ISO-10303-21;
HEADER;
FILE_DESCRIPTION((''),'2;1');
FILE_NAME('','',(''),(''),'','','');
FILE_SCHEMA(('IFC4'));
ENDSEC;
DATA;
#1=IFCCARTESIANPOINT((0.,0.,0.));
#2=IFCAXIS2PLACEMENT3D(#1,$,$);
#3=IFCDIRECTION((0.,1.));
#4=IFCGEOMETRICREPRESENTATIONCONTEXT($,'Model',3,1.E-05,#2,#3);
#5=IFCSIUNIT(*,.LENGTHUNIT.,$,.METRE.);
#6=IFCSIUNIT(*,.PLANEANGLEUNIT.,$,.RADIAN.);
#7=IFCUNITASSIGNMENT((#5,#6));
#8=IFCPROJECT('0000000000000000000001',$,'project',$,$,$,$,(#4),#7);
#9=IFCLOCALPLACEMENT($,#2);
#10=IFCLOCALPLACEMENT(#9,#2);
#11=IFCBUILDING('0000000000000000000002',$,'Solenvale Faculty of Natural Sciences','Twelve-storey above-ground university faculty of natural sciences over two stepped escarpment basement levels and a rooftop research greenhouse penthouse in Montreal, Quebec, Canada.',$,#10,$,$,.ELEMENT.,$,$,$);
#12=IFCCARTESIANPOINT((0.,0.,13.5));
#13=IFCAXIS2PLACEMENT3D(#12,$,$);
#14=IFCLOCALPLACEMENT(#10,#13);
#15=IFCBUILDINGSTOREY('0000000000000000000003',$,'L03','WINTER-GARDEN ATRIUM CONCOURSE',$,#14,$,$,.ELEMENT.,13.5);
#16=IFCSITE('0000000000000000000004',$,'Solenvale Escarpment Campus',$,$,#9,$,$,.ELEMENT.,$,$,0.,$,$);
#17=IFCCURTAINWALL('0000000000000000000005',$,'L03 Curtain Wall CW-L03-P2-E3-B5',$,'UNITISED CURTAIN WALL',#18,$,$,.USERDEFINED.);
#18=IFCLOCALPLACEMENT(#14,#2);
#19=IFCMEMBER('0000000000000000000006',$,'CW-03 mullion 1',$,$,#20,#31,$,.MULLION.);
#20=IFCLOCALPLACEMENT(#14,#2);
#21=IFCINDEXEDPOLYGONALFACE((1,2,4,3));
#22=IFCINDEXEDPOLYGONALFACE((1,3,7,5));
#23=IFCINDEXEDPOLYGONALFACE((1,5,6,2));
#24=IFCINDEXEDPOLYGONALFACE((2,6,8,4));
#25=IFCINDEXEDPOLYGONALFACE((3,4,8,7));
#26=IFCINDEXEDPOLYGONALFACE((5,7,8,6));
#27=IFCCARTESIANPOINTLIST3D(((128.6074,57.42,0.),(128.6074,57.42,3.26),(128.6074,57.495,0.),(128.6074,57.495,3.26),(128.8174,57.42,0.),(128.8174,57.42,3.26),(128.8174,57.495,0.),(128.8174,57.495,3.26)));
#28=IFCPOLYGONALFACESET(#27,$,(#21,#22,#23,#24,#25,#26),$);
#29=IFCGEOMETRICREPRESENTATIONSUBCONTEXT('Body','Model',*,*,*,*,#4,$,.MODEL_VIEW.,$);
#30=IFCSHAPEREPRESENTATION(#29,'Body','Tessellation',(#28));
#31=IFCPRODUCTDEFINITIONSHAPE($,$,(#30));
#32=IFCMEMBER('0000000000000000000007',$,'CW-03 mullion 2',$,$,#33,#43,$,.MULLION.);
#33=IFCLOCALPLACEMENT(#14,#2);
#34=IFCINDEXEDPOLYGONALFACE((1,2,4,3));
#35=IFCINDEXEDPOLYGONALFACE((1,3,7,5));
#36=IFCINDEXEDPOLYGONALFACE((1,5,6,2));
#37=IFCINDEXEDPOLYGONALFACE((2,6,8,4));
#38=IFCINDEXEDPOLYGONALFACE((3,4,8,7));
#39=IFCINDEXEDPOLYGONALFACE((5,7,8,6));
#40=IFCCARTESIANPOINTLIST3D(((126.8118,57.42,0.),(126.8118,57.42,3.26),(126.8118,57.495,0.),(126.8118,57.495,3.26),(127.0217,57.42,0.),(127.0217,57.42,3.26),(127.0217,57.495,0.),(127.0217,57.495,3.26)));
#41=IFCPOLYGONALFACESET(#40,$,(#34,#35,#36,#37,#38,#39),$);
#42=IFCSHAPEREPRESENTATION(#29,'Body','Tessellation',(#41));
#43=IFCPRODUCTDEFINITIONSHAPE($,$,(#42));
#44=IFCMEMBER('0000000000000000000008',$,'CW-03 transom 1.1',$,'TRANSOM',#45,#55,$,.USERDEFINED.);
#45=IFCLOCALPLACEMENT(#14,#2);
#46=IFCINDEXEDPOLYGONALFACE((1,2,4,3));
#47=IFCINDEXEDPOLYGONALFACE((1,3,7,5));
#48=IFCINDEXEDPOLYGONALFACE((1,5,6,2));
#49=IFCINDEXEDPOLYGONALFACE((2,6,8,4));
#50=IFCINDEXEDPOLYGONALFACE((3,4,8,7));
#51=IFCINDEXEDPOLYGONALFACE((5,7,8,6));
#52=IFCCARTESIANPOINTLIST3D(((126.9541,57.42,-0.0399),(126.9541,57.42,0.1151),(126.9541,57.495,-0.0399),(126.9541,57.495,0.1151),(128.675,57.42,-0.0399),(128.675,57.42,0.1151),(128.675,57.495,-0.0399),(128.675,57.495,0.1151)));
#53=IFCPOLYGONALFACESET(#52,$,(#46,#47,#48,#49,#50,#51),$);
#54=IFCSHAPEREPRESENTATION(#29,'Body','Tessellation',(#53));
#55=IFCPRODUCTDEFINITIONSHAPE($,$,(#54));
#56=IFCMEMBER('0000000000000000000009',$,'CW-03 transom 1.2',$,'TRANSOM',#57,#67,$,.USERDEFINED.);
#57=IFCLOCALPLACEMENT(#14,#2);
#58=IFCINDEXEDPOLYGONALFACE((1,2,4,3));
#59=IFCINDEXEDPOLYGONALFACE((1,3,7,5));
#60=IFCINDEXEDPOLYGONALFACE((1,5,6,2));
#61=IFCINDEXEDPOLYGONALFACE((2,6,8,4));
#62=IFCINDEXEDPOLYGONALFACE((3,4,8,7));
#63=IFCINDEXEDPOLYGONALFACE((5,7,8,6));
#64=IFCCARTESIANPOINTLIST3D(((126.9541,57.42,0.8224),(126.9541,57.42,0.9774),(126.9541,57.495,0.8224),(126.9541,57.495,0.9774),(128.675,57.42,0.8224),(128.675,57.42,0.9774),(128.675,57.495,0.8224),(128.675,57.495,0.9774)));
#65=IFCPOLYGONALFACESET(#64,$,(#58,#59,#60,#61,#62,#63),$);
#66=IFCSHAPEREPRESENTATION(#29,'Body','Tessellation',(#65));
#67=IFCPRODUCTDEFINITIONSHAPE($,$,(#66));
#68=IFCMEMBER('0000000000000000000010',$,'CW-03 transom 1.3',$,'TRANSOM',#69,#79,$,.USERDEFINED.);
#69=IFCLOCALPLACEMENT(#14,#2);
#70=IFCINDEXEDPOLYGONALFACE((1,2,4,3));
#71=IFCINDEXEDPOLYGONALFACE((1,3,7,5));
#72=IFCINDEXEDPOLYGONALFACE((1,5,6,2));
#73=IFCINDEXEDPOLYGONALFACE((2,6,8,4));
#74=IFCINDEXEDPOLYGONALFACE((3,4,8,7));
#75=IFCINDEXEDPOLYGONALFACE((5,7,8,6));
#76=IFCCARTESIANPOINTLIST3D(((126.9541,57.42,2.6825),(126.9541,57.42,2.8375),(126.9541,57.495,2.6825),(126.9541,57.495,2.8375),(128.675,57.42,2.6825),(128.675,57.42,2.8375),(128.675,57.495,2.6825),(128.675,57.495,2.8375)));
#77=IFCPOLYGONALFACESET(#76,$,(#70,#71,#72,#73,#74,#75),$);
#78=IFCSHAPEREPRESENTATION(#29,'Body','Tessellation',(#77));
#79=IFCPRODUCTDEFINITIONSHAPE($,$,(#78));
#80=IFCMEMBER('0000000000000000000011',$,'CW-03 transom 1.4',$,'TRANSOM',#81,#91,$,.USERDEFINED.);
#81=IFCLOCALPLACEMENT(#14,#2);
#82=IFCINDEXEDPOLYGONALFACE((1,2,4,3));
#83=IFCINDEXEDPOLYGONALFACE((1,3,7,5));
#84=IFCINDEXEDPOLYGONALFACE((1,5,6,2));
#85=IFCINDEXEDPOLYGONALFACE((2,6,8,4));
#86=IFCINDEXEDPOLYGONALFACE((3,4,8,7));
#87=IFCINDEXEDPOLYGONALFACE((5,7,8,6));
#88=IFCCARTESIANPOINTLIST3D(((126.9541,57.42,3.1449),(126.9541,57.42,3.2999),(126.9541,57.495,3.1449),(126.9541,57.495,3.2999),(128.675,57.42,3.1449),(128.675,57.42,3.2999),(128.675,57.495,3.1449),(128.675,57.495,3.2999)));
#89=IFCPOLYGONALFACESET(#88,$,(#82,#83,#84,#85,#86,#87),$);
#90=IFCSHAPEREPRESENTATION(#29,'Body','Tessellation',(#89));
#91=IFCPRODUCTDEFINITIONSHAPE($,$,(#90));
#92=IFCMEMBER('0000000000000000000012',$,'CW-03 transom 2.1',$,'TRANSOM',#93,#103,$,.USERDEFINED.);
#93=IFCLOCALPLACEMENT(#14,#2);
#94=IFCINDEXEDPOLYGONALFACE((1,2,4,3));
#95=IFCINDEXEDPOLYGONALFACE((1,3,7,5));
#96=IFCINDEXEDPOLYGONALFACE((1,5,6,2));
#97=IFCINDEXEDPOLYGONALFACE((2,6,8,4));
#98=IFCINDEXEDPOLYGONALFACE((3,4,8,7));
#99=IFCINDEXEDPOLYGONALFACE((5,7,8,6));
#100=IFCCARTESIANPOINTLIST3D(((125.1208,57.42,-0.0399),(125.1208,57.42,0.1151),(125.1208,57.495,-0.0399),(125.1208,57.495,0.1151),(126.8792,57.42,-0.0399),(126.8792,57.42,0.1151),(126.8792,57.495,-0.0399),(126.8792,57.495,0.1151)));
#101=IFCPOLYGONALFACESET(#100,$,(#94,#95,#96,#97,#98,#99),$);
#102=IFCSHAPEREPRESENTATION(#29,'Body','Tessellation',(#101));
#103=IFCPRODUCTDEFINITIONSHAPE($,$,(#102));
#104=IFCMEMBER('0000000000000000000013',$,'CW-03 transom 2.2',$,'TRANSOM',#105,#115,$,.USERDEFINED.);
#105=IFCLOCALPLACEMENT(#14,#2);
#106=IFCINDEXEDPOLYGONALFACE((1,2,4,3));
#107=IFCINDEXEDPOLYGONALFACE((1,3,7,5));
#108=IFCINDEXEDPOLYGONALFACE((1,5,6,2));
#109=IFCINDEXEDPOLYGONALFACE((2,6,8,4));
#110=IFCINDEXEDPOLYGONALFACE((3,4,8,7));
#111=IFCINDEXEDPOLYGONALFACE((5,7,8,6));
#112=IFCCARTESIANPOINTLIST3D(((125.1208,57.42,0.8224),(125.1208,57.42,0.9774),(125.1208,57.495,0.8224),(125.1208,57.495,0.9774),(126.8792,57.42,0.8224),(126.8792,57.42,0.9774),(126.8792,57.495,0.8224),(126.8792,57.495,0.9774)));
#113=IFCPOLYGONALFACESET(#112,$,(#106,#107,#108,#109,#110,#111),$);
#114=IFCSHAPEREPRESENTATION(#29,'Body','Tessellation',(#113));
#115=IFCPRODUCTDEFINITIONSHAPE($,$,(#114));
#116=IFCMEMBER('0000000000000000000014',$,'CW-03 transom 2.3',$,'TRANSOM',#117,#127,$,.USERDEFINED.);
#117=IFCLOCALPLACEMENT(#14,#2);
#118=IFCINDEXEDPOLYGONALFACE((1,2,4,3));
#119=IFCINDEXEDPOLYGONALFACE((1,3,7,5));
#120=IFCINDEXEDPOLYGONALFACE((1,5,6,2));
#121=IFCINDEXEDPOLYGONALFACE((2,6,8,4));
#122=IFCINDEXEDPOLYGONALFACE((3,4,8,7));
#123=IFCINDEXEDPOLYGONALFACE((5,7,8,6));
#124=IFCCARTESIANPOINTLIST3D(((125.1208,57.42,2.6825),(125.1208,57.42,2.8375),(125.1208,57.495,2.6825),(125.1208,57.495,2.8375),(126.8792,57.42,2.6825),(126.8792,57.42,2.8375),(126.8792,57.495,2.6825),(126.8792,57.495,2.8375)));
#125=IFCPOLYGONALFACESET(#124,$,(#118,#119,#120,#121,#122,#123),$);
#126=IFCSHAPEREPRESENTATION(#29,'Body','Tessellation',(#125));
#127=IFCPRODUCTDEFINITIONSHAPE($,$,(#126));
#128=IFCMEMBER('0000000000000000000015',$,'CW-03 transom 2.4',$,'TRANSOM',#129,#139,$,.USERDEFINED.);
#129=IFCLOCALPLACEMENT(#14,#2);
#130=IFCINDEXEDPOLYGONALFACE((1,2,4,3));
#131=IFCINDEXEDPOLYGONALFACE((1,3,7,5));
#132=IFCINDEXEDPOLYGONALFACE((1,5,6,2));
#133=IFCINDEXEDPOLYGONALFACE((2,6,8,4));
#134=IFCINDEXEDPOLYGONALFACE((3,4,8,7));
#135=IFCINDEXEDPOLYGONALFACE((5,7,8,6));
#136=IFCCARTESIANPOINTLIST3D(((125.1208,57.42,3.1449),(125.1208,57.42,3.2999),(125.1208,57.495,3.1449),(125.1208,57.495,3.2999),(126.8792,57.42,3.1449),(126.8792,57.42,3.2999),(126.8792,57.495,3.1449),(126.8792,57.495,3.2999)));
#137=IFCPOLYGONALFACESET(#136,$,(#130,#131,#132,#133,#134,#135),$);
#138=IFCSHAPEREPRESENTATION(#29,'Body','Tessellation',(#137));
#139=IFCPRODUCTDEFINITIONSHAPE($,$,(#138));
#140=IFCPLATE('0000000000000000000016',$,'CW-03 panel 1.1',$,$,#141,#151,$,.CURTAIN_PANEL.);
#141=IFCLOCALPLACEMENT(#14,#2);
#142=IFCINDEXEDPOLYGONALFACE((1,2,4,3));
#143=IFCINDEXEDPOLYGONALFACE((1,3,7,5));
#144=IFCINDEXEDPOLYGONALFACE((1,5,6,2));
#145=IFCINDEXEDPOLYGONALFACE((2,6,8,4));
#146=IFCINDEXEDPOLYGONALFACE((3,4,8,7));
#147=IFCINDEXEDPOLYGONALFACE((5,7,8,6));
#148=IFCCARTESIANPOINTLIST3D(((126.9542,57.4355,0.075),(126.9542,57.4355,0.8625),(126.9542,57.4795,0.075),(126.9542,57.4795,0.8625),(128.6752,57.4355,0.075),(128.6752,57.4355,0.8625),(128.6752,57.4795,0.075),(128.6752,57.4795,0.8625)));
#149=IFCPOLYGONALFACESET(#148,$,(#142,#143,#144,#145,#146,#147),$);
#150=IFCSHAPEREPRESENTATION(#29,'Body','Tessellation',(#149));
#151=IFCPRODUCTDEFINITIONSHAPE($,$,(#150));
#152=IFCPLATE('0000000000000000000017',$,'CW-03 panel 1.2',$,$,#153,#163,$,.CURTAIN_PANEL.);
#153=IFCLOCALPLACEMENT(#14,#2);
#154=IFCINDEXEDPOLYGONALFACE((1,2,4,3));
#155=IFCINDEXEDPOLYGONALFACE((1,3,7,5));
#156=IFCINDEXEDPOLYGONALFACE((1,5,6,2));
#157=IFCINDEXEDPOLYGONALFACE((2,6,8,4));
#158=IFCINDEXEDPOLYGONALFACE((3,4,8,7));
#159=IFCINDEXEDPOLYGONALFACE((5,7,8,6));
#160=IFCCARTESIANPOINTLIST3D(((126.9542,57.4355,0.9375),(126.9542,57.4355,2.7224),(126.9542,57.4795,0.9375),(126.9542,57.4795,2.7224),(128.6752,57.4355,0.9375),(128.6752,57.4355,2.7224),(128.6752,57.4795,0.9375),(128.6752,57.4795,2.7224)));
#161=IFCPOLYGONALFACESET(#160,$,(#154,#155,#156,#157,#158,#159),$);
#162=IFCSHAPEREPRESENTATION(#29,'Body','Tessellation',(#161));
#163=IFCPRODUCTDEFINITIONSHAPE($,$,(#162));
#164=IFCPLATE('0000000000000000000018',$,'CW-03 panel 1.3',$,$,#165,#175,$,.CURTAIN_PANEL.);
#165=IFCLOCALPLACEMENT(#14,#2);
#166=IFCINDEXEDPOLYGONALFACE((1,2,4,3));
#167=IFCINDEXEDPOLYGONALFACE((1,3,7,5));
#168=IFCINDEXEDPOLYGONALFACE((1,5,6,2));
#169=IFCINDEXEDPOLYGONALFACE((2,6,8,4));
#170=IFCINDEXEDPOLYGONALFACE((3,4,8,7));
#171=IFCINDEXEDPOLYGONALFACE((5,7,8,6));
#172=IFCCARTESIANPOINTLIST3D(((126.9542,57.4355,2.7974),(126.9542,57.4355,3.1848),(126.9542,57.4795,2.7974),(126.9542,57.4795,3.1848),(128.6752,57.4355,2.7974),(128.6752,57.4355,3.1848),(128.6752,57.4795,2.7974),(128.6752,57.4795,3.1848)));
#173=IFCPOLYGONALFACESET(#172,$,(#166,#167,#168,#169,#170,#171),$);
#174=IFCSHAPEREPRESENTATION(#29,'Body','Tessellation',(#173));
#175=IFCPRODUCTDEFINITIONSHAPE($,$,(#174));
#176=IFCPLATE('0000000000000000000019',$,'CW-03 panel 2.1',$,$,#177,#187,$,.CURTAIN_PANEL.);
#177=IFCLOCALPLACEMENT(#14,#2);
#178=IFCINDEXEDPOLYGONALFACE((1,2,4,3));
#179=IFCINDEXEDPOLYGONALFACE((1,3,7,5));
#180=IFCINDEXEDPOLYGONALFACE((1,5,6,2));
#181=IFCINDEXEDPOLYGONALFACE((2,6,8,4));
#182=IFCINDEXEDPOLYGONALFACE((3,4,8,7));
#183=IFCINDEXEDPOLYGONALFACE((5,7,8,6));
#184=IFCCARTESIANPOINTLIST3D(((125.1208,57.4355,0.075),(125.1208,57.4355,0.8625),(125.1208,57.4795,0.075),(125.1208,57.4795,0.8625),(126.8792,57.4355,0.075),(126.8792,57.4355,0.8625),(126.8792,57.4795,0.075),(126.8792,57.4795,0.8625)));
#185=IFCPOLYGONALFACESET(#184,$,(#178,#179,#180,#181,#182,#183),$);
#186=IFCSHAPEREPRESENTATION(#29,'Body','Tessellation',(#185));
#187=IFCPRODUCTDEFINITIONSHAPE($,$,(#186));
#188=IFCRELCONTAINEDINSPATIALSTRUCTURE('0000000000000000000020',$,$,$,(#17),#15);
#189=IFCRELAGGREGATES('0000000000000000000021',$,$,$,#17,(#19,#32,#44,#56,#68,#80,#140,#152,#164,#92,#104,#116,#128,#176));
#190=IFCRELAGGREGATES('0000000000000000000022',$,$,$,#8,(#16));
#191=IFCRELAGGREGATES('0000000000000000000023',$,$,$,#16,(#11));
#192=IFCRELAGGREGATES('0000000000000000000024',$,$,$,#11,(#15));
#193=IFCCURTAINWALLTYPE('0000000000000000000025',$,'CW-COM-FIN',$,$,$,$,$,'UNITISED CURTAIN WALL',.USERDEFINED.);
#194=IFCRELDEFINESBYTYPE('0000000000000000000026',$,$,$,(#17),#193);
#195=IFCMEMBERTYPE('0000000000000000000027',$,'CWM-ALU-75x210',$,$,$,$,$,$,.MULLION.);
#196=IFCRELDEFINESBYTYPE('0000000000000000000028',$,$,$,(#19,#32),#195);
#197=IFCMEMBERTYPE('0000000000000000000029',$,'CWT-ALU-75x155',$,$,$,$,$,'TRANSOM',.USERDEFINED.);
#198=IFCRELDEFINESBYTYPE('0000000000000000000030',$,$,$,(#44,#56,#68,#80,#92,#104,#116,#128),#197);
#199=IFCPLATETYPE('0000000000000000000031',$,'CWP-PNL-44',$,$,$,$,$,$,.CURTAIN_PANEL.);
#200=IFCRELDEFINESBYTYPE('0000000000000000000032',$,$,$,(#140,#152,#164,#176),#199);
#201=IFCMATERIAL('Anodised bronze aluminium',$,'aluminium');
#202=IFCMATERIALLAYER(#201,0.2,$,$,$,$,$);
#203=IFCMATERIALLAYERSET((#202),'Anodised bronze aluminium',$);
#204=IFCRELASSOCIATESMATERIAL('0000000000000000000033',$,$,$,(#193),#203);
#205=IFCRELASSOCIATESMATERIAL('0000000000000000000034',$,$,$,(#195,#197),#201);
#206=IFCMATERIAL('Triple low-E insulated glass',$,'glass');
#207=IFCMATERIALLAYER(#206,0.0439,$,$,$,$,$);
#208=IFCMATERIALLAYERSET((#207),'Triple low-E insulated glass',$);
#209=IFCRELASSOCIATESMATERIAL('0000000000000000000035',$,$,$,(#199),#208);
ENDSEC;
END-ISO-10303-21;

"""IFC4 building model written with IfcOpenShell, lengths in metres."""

from ifc_helpers import new_model, si_unit, direction, frame, origin, origin_2d, place, context, subcontext, project, spatial, rectangle, extrude, material, layer, layer_set, material_profile, profile_set, type_object, element, aggregate, save


model = new_model("IFC4")

# Units and contexts
model_context = context("Model", 3, precision=1e-05, world=origin(), true_north=direction((0.0, 1.0)))
body_context = subcontext(model_context, "Body", "Model", "MODEL_VIEW")
ifc_project = project(units=[si_unit("LENGTHUNIT", "METRE"), si_unit("PLANEANGLEUNIT", "RADIAN")], contexts=[model_context])

# Site, building, storey
site_placement = place(None, origin())
site = spatial("IfcSite", under=ifc_project, at=site_placement, Name="Solenvale Escarpment Campus", CompositionType="ELEMENT", RefElevation=0.0)
building_placement = place(site_placement, origin())
building = spatial("IfcBuilding", under=site, at=building_placement, Name="Solenvale Faculty of Natural Sciences", Description="Twelve-storey above-ground university faculty of natural sciences over two stepped escarpment basement levels and a rooftop research greenhouse penthouse in Montreal, Quebec, Canada.", CompositionType="ELEMENT")
storey_placement = place(building_placement, frame((0.0, 0.0, 13.5)))
storey = spatial("IfcBuildingStorey", under=building, at=storey_placement, Name="L03", Description="WINTER-GARDEN ATRIUM CONCOURSE", CompositionType="ELEMENT", Elevation=13.5)

# Curtain wall, members, plates
ifc_material_1 = material(Name="Anodised bronze aluminium", Category="aluminium")
ifc_layer_1 = layer(ifc_material_1, 0.2)
ifc_layer_set_1 = layer_set([ifc_layer_1], Name="Anodised bronze aluminium")
curtain_wall_type = type_object("IfcCurtainWallType", Name="CW-COM-FIN", ElementType="UNITISED CURTAIN WALL", PredefinedType="USERDEFINED", material=ifc_layer_set_1)
curtain_wall_placement = place(storey_placement, origin())
curtain_wall = element("IfcCurtainWall", 1, at=curtain_wall_placement, inside=storey, type_object=curtain_wall_type, Name="L03 Curtain Wall CW-L03-P2-E3-B5", ObjectType="UNITISED CURTAIN WALL", PredefinedType="USERDEFINED")
ifc_material_profile_1 = material_profile(ifc_material_1, rectangle(XDim=0.075, YDim=0.21, at=origin_2d()), Name="ALU-MUL-75x210")
ifc_profile_set_1 = profile_set([ifc_material_profile_1], Name="Anodised bronze aluminium")
member_type_1 = type_object("IfcMemberType", Name="CWM-ALU-75x210", PredefinedType="MULLION", material=ifc_profile_set_1)
member_1_placement = place(storey_placement, frame((128.7124, 57.4575, 0.0), z_axis=(0.0, 0.0, 1.0), x_axis=(0.0, -1.0, 0.0)))
member_1 = element("IfcMember", 2, at=member_1_placement, type_object=member_type_1, Name="CW-03 mullion 1", PredefinedType="MULLION", context=body_context, shape_type="SweptSolid", body=[
    extrude(rectangle(XDim=0.075, YDim=0.21, at=origin_2d()), origin(), (0.0, 0.0, 1.0), 3.26),
])
member_2_placement = place(storey_placement, frame((126.9167, 57.4575, 0.0), z_axis=(0.0, 0.0, 1.0), x_axis=(0.0, -1.0, 0.0)))
member_2 = element("IfcMember", 3, at=member_2_placement, type_object=member_type_1, Name="CW-03 mullion 2", PredefinedType="MULLION", context=body_context, shape_type="SweptSolid", body=[
    extrude(rectangle(XDim=0.075, YDim=0.21, at=origin_2d()), origin(), (0.0, 0.0, 1.0), 3.26),
])
ifc_material_profile_2 = material_profile(ifc_material_1, rectangle(XDim=0.075, YDim=0.155, at=origin_2d()), Name="ALU-TRN-75x155")
ifc_profile_set_2 = profile_set([ifc_material_profile_2], Name="Anodised bronze aluminium")
member_type_2 = type_object("IfcMemberType", Name="CWT-ALU-75x155", ElementType="TRANSOM", PredefinedType="USERDEFINED", material=ifc_profile_set_2)
member_3_placement = place(storey_placement, frame((128.675, 57.4575, 0.0376), z_axis=(-1.0, 0.0, 0.0), x_axis=(0.0, -1.0, 0.0)))
member_3 = element("IfcMember", 4, at=member_3_placement, type_object=member_type_2, Name="CW-03 transom 1.1", ObjectType="TRANSOM", PredefinedType="USERDEFINED", context=body_context, shape_type="SweptSolid", body=[
    extrude(rectangle(XDim=0.075, YDim=0.155, at=origin_2d()), origin(), (0.0, 0.0, 1.0), 1.7209),
])
member_4_placement = place(storey_placement, frame((128.675, 57.4575, 0.8999), z_axis=(-1.0, 0.0, 0.0), x_axis=(0.0, -1.0, 0.0)))
member_4 = element("IfcMember", 5, at=member_4_placement, type_object=member_type_2, Name="CW-03 transom 1.2", ObjectType="TRANSOM", PredefinedType="USERDEFINED", context=body_context, shape_type="SweptSolid", body=[
    extrude(rectangle(XDim=0.075, YDim=0.155, at=origin_2d()), origin(), (0.0, 0.0, 1.0), 1.7209),
])
member_5_placement = place(storey_placement, frame((128.675, 57.4575, 2.76), z_axis=(-1.0, 0.0, 0.0), x_axis=(0.0, -1.0, 0.0)))
member_5 = element("IfcMember", 6, at=member_5_placement, type_object=member_type_2, Name="CW-03 transom 1.3", ObjectType="TRANSOM", PredefinedType="USERDEFINED", context=body_context, shape_type="SweptSolid", body=[
    extrude(rectangle(XDim=0.075, YDim=0.155, at=origin_2d()), origin(), (0.0, 0.0, 1.0), 1.7209),
])
member_6_placement = place(storey_placement, frame((128.675, 57.4575, 3.2224), z_axis=(-1.0, 0.0, 0.0), x_axis=(0.0, -1.0, 0.0)))
member_6 = element("IfcMember", 7, at=member_6_placement, type_object=member_type_2, Name="CW-03 transom 1.4", ObjectType="TRANSOM", PredefinedType="USERDEFINED", context=body_context, shape_type="SweptSolid", body=[
    extrude(rectangle(XDim=0.075, YDim=0.155, at=origin_2d()), origin(), (0.0, 0.0, 1.0), 1.7209),
])
member_7_placement = place(storey_placement, frame((126.8792, 57.4575, 0.0376), z_axis=(-1.0, 0.0, 0.0), x_axis=(0.0, -1.0, 0.0)))
member_7 = element("IfcMember", 8, at=member_7_placement, type_object=member_type_2, Name="CW-03 transom 2.1", ObjectType="TRANSOM", PredefinedType="USERDEFINED", context=body_context, shape_type="SweptSolid", body=[
    extrude(rectangle(XDim=0.075, YDim=0.155, at=origin_2d()), origin(), (0.0, 0.0, 1.0), 1.7583),
])
member_8_placement = place(storey_placement, frame((126.8792, 57.4575, 0.8999), z_axis=(-1.0, 0.0, 0.0), x_axis=(0.0, -1.0, 0.0)))
member_8 = element("IfcMember", 9, at=member_8_placement, type_object=member_type_2, Name="CW-03 transom 2.2", ObjectType="TRANSOM", PredefinedType="USERDEFINED", context=body_context, shape_type="SweptSolid", body=[
    extrude(rectangle(XDim=0.075, YDim=0.155, at=origin_2d()), origin(), (0.0, 0.0, 1.0), 1.7583),
])
member_9_placement = place(storey_placement, frame((126.8792, 57.4575, 2.76), z_axis=(-1.0, 0.0, 0.0), x_axis=(0.0, -1.0, 0.0)))
member_9 = element("IfcMember", 10, at=member_9_placement, type_object=member_type_2, Name="CW-03 transom 2.3", ObjectType="TRANSOM", PredefinedType="USERDEFINED", context=body_context, shape_type="SweptSolid", body=[
    extrude(rectangle(XDim=0.075, YDim=0.155, at=origin_2d()), origin(), (0.0, 0.0, 1.0), 1.7583),
])
member_10_placement = place(storey_placement, frame((126.8792, 57.4575, 3.2224), z_axis=(-1.0, 0.0, 0.0), x_axis=(0.0, -1.0, 0.0)))
member_10 = element("IfcMember", 11, at=member_10_placement, type_object=member_type_2, Name="CW-03 transom 2.4", ObjectType="TRANSOM", PredefinedType="USERDEFINED", context=body_context, shape_type="SweptSolid", body=[
    extrude(rectangle(XDim=0.075, YDim=0.155, at=origin_2d()), origin(), (0.0, 0.0, 1.0), 1.7583),
])
ifc_material_2 = material(Name="Triple low-E insulated glass", Category="glass")
ifc_layer_2 = layer(ifc_material_2, 0.0439)
ifc_layer_set_2 = layer_set([ifc_layer_2], Name="Triple low-E insulated glass")
plate_type = type_object("IfcPlateType", Name="CWP-PNL-44", PredefinedType="CURTAIN_PANEL", material=ifc_layer_set_2)
plate_1_placement = place(storey_placement, frame((127.8147, 57.4575, 0.075), z_axis=(0.0, 0.0, 1.0), x_axis=(-1.0, 0.0, 0.0)))
plate_1 = element("IfcPlate", 12, at=plate_1_placement, type_object=plate_type, Name="CW-03 panel 1.1", PredefinedType="CURTAIN_PANEL", context=body_context, shape_type="SweptSolid", body=[
    extrude(rectangle(XDim=1.7209, YDim=0.0439, at=origin_2d()), origin(), (0.0, 0.0, 1.0), 0.7876),
])
plate_2_placement = place(storey_placement, frame((127.8147, 57.4575, 0.9375), z_axis=(0.0, 0.0, 1.0), x_axis=(-1.0, 0.0, 0.0)))
plate_2 = element("IfcPlate", 13, at=plate_2_placement, type_object=plate_type, Name="CW-03 panel 1.2", PredefinedType="CURTAIN_PANEL", context=body_context, shape_type="SweptSolid", body=[
    extrude(rectangle(XDim=1.7209, YDim=0.0439, at=origin_2d()), origin(), (0.0, 0.0, 1.0), 1.7849),
])
plate_3_placement = place(storey_placement, frame((127.8147, 57.4575, 2.7974), z_axis=(0.0, 0.0, 1.0), x_axis=(-1.0, 0.0, 0.0)))
plate_3 = element("IfcPlate", 14, at=plate_3_placement, type_object=plate_type, Name="CW-03 panel 1.3", PredefinedType="CURTAIN_PANEL", context=body_context, shape_type="SweptSolid", body=[
    extrude(rectangle(XDim=1.7209, YDim=0.0439, at=origin_2d()), origin(), (0.0, 0.0, 1.0), 0.3875),
])
plate_4_placement = place(storey_placement, frame((126.0, 57.4575, 0.075), z_axis=(0.0, 0.0, 1.0), x_axis=(-1.0, 0.0, 0.0)))
plate_4 = element("IfcPlate", 15, at=plate_4_placement, type_object=plate_type, Name="CW-03 panel 2.1", PredefinedType="CURTAIN_PANEL", context=body_context, shape_type="SweptSolid", body=[
    extrude(rectangle(XDim=1.7583, YDim=0.0439, at=origin_2d()), origin(), (0.0, 0.0, 1.0), 0.7876),
])
aggregate(curtain_wall, [member_1, member_2, member_3, member_4, member_5, member_6, plate_1, plate_2, plate_3, member_7, member_8, member_9, member_10, plate_4])

save(model, "model.ifc")
